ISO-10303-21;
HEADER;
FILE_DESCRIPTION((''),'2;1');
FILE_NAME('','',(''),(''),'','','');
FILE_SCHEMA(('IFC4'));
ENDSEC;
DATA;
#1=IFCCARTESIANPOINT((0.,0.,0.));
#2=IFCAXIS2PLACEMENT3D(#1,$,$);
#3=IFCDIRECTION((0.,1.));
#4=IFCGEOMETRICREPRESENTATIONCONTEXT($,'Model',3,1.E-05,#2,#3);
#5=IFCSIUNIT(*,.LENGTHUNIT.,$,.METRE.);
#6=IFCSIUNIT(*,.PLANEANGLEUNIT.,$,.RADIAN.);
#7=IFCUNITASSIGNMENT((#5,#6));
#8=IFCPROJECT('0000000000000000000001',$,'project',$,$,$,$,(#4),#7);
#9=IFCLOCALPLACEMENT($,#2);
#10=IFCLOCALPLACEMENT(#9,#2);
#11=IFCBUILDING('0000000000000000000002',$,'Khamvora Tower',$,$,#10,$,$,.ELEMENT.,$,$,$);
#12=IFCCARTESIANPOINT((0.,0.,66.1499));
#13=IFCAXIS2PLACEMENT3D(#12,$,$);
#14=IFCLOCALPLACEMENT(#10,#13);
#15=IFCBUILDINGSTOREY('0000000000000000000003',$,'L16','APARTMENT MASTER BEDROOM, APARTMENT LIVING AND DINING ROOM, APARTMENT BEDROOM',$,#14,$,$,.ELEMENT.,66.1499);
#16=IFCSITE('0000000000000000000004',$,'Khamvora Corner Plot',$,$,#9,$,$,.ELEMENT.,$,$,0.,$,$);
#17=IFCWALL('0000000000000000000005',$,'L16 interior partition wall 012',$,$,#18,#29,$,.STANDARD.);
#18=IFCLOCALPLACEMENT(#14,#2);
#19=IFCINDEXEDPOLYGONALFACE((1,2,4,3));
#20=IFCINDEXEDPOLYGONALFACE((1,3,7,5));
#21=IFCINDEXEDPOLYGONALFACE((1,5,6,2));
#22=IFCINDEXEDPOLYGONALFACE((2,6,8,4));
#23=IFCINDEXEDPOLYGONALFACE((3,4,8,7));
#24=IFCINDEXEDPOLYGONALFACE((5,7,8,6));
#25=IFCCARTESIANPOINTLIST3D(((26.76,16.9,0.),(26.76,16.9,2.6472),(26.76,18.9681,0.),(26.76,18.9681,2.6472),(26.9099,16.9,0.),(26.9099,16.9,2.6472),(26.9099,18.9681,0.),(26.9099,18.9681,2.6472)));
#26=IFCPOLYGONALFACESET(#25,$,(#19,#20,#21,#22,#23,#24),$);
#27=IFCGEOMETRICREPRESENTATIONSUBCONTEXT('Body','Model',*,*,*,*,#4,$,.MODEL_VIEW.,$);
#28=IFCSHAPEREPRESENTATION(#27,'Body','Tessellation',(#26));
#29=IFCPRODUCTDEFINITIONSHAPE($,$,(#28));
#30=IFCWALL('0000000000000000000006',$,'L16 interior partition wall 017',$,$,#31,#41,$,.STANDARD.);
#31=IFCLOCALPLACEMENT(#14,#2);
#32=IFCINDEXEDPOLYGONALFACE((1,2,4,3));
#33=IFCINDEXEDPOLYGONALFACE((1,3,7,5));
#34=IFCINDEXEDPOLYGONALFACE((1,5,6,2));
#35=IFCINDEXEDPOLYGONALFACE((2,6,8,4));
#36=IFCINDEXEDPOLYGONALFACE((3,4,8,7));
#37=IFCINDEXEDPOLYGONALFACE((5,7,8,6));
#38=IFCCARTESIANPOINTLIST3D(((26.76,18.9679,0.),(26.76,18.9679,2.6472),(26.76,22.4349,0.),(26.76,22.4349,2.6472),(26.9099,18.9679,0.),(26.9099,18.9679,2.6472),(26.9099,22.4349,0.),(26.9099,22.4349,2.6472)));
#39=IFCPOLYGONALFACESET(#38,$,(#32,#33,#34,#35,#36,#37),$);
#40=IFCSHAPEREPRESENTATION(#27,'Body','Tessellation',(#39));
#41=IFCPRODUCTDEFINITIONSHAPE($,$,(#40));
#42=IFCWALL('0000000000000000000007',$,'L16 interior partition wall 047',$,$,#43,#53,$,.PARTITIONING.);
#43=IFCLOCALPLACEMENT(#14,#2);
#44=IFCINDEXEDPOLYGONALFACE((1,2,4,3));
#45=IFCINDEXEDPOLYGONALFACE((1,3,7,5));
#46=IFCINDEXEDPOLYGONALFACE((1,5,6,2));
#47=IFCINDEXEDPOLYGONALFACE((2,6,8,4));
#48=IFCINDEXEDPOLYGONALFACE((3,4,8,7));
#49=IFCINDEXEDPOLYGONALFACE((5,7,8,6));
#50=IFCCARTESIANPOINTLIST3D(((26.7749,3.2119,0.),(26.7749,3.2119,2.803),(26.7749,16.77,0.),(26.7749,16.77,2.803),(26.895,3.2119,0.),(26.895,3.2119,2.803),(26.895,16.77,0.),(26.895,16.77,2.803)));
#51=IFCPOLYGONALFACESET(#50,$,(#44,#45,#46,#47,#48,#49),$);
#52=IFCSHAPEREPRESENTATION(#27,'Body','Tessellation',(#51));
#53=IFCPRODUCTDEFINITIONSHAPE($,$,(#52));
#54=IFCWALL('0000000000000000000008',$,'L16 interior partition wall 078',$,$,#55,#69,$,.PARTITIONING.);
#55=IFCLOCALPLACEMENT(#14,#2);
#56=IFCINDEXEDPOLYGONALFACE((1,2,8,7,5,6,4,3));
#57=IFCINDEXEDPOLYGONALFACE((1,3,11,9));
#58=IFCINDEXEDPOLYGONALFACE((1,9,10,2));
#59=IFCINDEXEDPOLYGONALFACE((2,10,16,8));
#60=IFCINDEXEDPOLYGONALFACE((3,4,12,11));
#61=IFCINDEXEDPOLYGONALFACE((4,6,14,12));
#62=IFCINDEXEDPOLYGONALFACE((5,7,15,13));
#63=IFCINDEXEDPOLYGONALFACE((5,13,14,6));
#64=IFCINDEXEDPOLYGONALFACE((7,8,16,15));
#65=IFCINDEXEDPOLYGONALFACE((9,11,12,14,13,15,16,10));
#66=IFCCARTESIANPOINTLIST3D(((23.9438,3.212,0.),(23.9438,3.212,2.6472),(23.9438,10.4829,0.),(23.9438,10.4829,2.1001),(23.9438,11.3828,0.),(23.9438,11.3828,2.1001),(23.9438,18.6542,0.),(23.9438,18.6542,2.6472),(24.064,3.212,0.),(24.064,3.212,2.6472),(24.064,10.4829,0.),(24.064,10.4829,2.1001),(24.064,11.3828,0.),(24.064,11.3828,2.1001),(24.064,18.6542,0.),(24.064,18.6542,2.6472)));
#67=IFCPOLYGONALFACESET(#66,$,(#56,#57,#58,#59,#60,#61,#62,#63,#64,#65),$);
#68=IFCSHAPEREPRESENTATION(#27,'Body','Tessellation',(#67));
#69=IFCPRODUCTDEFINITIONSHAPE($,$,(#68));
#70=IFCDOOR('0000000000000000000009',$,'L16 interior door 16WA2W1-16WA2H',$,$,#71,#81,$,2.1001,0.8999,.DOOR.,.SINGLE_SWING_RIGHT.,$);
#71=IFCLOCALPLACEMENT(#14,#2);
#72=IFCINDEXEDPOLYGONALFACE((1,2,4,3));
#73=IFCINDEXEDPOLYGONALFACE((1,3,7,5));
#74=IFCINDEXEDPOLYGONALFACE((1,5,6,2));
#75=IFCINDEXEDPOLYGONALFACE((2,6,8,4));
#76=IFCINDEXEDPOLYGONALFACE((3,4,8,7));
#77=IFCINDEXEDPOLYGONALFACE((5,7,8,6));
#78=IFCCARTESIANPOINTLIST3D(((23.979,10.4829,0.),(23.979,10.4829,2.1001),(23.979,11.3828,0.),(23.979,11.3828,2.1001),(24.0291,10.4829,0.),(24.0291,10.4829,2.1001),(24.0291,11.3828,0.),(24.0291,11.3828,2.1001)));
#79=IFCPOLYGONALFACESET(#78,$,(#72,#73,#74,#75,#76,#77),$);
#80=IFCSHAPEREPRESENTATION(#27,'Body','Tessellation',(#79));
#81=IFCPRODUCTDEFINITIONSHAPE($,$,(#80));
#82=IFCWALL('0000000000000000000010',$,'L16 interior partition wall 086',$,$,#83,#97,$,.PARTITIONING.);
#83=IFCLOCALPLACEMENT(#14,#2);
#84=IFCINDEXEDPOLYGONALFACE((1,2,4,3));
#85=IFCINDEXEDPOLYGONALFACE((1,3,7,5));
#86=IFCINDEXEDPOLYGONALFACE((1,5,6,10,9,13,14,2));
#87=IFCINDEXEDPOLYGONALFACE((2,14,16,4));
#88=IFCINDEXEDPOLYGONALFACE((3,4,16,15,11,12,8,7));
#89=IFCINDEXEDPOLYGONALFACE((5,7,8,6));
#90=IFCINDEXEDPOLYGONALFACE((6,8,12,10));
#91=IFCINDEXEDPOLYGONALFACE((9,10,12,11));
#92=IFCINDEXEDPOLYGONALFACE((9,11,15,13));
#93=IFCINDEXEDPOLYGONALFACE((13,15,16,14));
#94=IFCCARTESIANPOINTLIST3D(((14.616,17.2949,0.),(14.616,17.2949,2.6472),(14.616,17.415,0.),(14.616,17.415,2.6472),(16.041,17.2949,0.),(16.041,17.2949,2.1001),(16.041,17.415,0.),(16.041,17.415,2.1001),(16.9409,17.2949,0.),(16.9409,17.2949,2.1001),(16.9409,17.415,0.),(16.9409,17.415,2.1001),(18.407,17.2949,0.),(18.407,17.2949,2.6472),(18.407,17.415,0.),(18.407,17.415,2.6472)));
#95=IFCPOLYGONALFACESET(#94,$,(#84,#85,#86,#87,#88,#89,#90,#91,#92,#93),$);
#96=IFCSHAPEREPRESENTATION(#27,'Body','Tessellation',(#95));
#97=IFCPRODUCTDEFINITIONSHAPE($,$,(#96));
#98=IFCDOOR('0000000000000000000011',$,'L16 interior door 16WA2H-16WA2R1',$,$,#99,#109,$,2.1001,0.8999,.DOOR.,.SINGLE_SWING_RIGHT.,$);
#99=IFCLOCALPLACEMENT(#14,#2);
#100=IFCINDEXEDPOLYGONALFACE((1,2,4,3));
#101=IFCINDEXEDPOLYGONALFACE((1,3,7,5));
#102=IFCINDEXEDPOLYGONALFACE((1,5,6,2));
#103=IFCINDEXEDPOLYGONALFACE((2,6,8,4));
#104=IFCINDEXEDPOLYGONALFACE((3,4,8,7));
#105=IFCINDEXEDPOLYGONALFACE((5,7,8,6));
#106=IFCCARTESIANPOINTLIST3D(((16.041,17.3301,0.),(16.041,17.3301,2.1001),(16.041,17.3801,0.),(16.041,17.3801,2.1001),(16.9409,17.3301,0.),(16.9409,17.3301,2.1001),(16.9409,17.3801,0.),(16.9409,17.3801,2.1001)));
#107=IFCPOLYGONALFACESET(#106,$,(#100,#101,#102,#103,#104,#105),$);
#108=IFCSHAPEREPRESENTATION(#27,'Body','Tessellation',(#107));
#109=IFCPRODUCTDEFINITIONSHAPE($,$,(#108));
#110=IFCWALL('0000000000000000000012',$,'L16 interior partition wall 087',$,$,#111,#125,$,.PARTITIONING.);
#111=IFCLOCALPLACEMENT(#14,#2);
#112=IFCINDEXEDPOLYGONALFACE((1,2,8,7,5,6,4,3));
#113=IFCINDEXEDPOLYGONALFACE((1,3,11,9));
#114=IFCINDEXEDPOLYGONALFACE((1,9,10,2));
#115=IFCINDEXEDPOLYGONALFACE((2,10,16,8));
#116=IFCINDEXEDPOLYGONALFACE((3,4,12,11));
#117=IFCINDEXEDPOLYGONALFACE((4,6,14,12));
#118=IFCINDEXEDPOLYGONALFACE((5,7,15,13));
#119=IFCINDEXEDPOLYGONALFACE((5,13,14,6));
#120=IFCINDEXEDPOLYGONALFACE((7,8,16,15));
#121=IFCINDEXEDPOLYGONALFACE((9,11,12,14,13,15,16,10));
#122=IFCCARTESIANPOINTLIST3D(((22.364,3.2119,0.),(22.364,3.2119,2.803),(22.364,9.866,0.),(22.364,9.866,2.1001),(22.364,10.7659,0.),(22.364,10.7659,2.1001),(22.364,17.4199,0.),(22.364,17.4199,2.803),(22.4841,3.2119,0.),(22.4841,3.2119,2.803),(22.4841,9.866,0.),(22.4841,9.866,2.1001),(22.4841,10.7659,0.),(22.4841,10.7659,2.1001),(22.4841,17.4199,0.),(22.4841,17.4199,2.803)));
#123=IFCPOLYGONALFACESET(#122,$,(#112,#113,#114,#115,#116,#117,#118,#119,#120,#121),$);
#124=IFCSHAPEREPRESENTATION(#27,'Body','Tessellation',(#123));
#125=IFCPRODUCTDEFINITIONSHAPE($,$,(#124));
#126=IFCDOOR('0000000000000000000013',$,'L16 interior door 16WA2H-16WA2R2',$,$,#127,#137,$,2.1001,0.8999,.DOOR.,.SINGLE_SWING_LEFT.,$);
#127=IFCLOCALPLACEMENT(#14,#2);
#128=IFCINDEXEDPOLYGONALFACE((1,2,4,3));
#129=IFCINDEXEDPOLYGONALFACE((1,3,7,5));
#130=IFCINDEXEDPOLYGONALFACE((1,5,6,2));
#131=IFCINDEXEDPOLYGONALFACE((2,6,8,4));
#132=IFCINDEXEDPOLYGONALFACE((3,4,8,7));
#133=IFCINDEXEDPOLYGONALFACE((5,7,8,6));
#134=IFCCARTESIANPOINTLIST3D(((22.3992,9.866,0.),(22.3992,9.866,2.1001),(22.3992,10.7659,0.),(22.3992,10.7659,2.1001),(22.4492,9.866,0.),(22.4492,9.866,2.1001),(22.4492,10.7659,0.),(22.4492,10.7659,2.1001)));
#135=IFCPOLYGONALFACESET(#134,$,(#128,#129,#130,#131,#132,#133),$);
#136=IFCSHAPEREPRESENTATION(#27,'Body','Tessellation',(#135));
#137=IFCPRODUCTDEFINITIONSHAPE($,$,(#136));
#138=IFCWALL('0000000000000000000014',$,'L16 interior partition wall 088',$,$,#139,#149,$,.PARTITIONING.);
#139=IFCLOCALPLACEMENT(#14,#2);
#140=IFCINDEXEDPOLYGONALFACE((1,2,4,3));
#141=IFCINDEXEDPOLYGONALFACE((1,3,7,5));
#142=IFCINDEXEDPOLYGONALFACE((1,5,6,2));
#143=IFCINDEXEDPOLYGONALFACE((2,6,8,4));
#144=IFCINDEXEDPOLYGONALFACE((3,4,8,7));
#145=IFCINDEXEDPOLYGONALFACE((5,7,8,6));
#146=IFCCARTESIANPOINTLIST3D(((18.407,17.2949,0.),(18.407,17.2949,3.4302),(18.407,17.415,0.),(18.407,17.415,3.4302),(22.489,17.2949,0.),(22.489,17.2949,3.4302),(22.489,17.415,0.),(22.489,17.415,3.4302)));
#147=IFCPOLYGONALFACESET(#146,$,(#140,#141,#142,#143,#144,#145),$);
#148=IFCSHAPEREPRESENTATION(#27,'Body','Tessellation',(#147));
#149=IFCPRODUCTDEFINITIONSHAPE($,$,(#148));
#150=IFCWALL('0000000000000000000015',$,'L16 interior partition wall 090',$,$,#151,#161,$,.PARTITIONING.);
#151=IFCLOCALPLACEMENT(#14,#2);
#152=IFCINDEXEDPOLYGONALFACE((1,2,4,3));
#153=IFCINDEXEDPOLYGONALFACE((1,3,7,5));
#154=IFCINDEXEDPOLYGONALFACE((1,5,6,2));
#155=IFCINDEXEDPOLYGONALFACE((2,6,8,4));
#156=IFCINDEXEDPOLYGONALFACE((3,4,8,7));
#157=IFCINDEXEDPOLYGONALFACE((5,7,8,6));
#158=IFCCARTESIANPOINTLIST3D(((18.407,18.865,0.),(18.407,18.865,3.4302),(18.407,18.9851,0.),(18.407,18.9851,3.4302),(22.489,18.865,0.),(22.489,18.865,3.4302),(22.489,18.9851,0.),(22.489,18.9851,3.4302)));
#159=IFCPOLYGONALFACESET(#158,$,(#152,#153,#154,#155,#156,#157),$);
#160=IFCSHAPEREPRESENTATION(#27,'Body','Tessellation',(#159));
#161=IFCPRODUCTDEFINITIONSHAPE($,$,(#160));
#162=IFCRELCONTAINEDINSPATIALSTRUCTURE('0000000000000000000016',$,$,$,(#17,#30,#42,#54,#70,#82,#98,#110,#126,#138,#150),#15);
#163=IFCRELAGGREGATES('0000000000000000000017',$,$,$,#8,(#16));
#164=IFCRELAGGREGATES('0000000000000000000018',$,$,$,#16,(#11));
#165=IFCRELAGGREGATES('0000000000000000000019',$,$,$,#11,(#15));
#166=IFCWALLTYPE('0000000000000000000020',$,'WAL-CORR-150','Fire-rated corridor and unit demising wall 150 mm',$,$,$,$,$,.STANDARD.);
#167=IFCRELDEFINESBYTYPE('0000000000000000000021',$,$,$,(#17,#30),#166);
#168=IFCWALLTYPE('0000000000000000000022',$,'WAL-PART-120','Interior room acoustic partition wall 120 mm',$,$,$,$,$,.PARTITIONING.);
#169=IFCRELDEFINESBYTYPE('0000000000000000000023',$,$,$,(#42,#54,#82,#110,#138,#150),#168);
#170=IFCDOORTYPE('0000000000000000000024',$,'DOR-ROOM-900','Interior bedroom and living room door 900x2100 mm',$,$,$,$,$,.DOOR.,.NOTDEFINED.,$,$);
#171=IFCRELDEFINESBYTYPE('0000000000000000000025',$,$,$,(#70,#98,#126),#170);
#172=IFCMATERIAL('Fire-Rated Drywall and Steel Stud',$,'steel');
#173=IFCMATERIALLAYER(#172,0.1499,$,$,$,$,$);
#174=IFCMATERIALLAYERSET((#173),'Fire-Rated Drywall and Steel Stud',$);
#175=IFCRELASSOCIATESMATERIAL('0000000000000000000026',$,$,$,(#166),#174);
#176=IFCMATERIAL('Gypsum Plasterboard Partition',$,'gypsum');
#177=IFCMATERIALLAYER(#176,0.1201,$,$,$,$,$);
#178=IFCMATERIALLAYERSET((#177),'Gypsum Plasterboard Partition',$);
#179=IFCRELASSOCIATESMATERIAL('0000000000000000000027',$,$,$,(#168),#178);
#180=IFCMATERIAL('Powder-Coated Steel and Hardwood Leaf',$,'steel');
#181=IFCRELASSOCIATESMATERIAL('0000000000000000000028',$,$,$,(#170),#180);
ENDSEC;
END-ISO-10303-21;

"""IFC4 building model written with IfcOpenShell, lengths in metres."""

from ifc_helpers import new_model, si_unit, direction, frame, frame_2d, origin, place, context, subcontext, project, spatial, rectangle, extrude, material, layer, layer_set, type_object, element, fill, save


model = new_model("IFC4")

# Units and contexts
model_context = context("Model", 3, precision=1e-05, world=origin(), true_north=direction((0.0, 1.0)))
body_context = subcontext(model_context, "Body", "Model", "MODEL_VIEW")
ifc_project = project(units=[si_unit("LENGTHUNIT", "METRE"), si_unit("PLANEANGLEUNIT", "RADIAN")], contexts=[model_context])

# Site, building, storey
site_placement = place(None, origin())
site = spatial("IfcSite", under=ifc_project, at=site_placement, Name="Khamvora Corner Plot", CompositionType="ELEMENT", RefElevation=0.0)
building_placement = place(site_placement, origin())
building = spatial("IfcBuilding", under=site, at=building_placement, Name="Khamvora Tower", CompositionType="ELEMENT")
storey_placement = place(building_placement, frame((0.0, 0.0, 66.1499)))
storey = spatial("IfcBuildingStorey", under=building, at=storey_placement, Name="L16", Description="APARTMENT MASTER BEDROOM, APARTMENT LIVING AND DINING ROOM, APARTMENT BEDROOM", CompositionType="ELEMENT", Elevation=66.1499)

# Walls
ifc_material_1 = material(Name="Fire-Rated Drywall and Steel Stud", Category="steel")
ifc_layer_1 = layer(ifc_material_1, 0.1499)
ifc_layer_set_1 = layer_set([ifc_layer_1], Name="Fire-Rated Drywall and Steel Stud")
wall_type_1 = type_object("IfcWallType", Name="WAL-CORR-150", Description="Fire-rated corridor and unit demising wall 150 mm", PredefinedType="STANDARD", material=ifc_layer_set_1)
wall_1_placement = place(storey_placement, frame((26.835, 16.8999, 0.0), z_axis=(0.0, 0.0, 1.0), x_axis=(0.0, 1.0, 0.0)))
element("IfcWall", 1, at=wall_1_placement, inside=storey, type_object=wall_type_1, Name="L16 interior partition wall 012", PredefinedType="STANDARD", context=body_context, shape_type="SweptSolid", body=[
    extrude(rectangle(XDim=2.0681, YDim=0.1499, at=frame_2d((1.0342, 0.0))), origin(), (0.0, 0.0, 1.0), 2.6472),
])
wall_2_placement = place(storey_placement, frame((26.835, 18.968, 0.0), z_axis=(0.0, 0.0, 1.0), x_axis=(0.0, 1.0, 0.0)))
element("IfcWall", 2, at=wall_2_placement, inside=storey, type_object=wall_type_1, Name="L16 interior partition wall 017", PredefinedType="STANDARD", context=body_context, shape_type="SweptSolid", body=[
    extrude(rectangle(XDim=3.467, YDim=0.1499, at=frame_2d((1.7334, 0.0))), origin(), (0.0, 0.0, 1.0), 2.6472),
])
ifc_material_2 = material(Name="Gypsum Plasterboard Partition", Category="gypsum")
ifc_layer_2 = layer(ifc_material_2, 0.1201)
ifc_layer_set_2 = layer_set([ifc_layer_2], Name="Gypsum Plasterboard Partition")
wall_type_2 = type_object("IfcWallType", Name="WAL-PART-120", Description="Interior room acoustic partition wall 120 mm", PredefinedType="PARTITIONING", material=ifc_layer_set_2)
wall_3_placement = place(storey_placement, frame((26.835, 3.2119, 0.0), z_axis=(0.0, 0.0, 1.0), x_axis=(0.0, 1.0, 0.0)))
element("IfcWall", 3, at=wall_3_placement, inside=storey, type_object=wall_type_2, Name="L16 interior partition wall 047", PredefinedType="PARTITIONING", context=body_context, shape_type="SweptSolid", body=[
    extrude(rectangle(XDim=13.5581, YDim=0.1201, at=frame_2d((6.7791, 0.0))), origin(), (0.0, 0.0, 1.0), 2.803),
])

# Walls, openings, doors
wall_4_placement = place(storey_placement, frame((24.0039, 3.2119, 0.0), z_axis=(0.0, 0.0, 1.0), x_axis=(0.0, 1.0, 0.0)))
wall_4 = element("IfcWall", 4, at=wall_4_placement, inside=storey, type_object=wall_type_2, Name="L16 interior partition wall 078", PredefinedType="PARTITIONING", context=body_context, shape_type="SweptSolid", body=[
    extrude(rectangle(XDim=15.4421, YDim=0.1201, at=frame_2d((7.7212, 0.0))), origin(), (0.0, 0.0, 1.0), 2.6472),
])
opening_1_placement = place(wall_4_placement, frame((7.271, 0.0, 0.0)))
opening_1 = element("IfcOpeningElement", 5, at=opening_1_placement, cuts=wall_4, PredefinedType="OPENING", context=body_context, shape_type="SweptSolid", body=[
    extrude(rectangle(XDim=0.8999, YDim=2.1001, at=frame_2d((0.45, 1.05))), frame((0.0, 0.0701, 0.0), z_axis=(0.0, -1.0, 0.0), x_axis=(1.0, 0.0, 0.0)), (0.0, 0.0, 1.0), 0.1401),
])
ifc_material_3 = material(Name="Powder-Coated Steel and Hardwood Leaf", Category="steel")
door_type = type_object("IfcDoorType", Name="DOR-ROOM-900", Description="Interior bedroom and living room door 900x2100 mm", OperationType="NOTDEFINED", PredefinedType="DOOR", material=ifc_material_3)
door_1_placement = place(opening_1_placement, origin())
door_1 = element("IfcDoor", 6, at=door_1_placement, inside=storey, type_object=door_type, Name="L16 interior door 16WA2W1-16WA2H", OperationType="SINGLE_SWING_RIGHT", OverallHeight=2.1001, OverallWidth=0.8999, PredefinedType="DOOR", context=body_context, shape_type="SweptSolid", body=[
    extrude(rectangle(XDim=0.8999, YDim=2.1001, at=frame_2d((0.45, 1.05))), frame((0.0, 0.0249, 0.0), z_axis=(0.0, -1.0, 0.0), x_axis=(1.0, 0.0, 0.0)), (0.0, 0.0, 1.0), 0.05),
])
fill(opening_1, door_1)
wall_5_placement = place(storey_placement, frame((18.407, 17.355, 0.0), z_axis=(0.0, 0.0, 1.0), x_axis=(-1.0, 0.0, 0.0)))
wall_5 = element("IfcWall", 7, at=wall_5_placement, inside=storey, type_object=wall_type_2, Name="L16 interior partition wall 086", PredefinedType="PARTITIONING", context=body_context, shape_type="SweptSolid", body=[
    extrude(rectangle(XDim=3.791, YDim=0.1201, at=frame_2d((1.8955, 0.0))), origin(), (0.0, 0.0, 1.0), 2.6472),
])
opening_2_placement = place(wall_5_placement, frame((1.4661, 0.0, 0.0)))
opening_2 = element("IfcOpeningElement", 8, at=opening_2_placement, cuts=wall_5, PredefinedType="OPENING", context=body_context, shape_type="SweptSolid", body=[
    extrude(rectangle(XDim=0.8999, YDim=2.1001, at=frame_2d((0.45, 1.05))), frame((0.0, 0.0701, 0.0), z_axis=(0.0, -1.0, 0.0), x_axis=(1.0, 0.0, 0.0)), (0.0, 0.0, 1.0), 0.1401),
])
door_2_placement = place(opening_2_placement, origin())
door_2 = element("IfcDoor", 9, at=door_2_placement, inside=storey, type_object=door_type, Name="L16 interior door 16WA2H-16WA2R1", OperationType="SINGLE_SWING_RIGHT", OverallHeight=2.1001, OverallWidth=0.8999, PredefinedType="DOOR", context=body_context, shape_type="SweptSolid", body=[
    extrude(rectangle(XDim=0.8999, YDim=2.1001, at=frame_2d((0.45, 1.05))), frame((0.0, 0.0249, 0.0), z_axis=(0.0, -1.0, 0.0), x_axis=(1.0, 0.0, 0.0)), (0.0, 0.0, 1.0), 0.05),
])
fill(opening_2, door_2)
wall_6_placement = place(storey_placement, frame((22.4241, 3.2119, 0.0), z_axis=(0.0, 0.0, 1.0), x_axis=(0.0, 1.0, 0.0)))
wall_6 = element("IfcWall", 10, at=wall_6_placement, inside=storey, type_object=wall_type_2, Name="L16 interior partition wall 087", PredefinedType="PARTITIONING", context=body_context, shape_type="SweptSolid", body=[
    extrude(rectangle(XDim=14.208, YDim=0.1201, at=frame_2d((7.104, 0.0))), origin(), (0.0, 0.0, 1.0), 2.803),
])
opening_3_placement = place(wall_6_placement, frame((6.6541, 0.0, 0.0)))
opening_3 = element("IfcOpeningElement", 11, at=opening_3_placement, cuts=wall_6, PredefinedType="OPENING", context=body_context, shape_type="SweptSolid", body=[
    extrude(rectangle(XDim=0.8999, YDim=2.1001, at=frame_2d((0.45, 1.05))), frame((0.0, 0.0701, 0.0), z_axis=(0.0, -1.0, 0.0), x_axis=(1.0, 0.0, 0.0)), (0.0, 0.0, 1.0), 0.1401),
])
door_3_placement = place(opening_3_placement, origin())
door_3 = element("IfcDoor", 12, at=door_3_placement, inside=storey, type_object=door_type, Name="L16 interior door 16WA2H-16WA2R2", OperationType="SINGLE_SWING_LEFT", OverallHeight=2.1001, OverallWidth=0.8999, PredefinedType="DOOR", context=body_context, shape_type="SweptSolid", body=[
    extrude(rectangle(XDim=0.8999, YDim=2.1001, at=frame_2d((0.45, 1.05))), frame((0.0, 0.0249, 0.0), z_axis=(0.0, -1.0, 0.0), x_axis=(1.0, 0.0, 0.0)), (0.0, 0.0, 1.0), 0.05),
])
fill(opening_3, door_3)

# Walls
for number, where, z_axis, x_axis, name in (
    (13, (22.489, 17.355, 0.0), (0.0, 0.0, 1.0), (-1.0, 0.0, 0.0), "L16 interior partition wall 088"),
    (14, (18.407, 18.925, 0.0), (0.0, 0.0, 1.0), (1.0, 0.0, 0.0), "L16 interior partition wall 090"),
):
    element("IfcWall", number, at=place(storey_placement, frame(where, z_axis=z_axis, x_axis=x_axis)), inside=storey, type_object=wall_type_2, Name=name, PredefinedType="PARTITIONING", context=body_context, shape_type="SweptSolid", body=[
        extrude(rectangle(XDim=4.082, YDim=0.1201, at=frame_2d((2.041, 0.0))), origin(), (0.0, 0.0, 1.0), 3.4302),
    ])

save(model, "model.ifc")
